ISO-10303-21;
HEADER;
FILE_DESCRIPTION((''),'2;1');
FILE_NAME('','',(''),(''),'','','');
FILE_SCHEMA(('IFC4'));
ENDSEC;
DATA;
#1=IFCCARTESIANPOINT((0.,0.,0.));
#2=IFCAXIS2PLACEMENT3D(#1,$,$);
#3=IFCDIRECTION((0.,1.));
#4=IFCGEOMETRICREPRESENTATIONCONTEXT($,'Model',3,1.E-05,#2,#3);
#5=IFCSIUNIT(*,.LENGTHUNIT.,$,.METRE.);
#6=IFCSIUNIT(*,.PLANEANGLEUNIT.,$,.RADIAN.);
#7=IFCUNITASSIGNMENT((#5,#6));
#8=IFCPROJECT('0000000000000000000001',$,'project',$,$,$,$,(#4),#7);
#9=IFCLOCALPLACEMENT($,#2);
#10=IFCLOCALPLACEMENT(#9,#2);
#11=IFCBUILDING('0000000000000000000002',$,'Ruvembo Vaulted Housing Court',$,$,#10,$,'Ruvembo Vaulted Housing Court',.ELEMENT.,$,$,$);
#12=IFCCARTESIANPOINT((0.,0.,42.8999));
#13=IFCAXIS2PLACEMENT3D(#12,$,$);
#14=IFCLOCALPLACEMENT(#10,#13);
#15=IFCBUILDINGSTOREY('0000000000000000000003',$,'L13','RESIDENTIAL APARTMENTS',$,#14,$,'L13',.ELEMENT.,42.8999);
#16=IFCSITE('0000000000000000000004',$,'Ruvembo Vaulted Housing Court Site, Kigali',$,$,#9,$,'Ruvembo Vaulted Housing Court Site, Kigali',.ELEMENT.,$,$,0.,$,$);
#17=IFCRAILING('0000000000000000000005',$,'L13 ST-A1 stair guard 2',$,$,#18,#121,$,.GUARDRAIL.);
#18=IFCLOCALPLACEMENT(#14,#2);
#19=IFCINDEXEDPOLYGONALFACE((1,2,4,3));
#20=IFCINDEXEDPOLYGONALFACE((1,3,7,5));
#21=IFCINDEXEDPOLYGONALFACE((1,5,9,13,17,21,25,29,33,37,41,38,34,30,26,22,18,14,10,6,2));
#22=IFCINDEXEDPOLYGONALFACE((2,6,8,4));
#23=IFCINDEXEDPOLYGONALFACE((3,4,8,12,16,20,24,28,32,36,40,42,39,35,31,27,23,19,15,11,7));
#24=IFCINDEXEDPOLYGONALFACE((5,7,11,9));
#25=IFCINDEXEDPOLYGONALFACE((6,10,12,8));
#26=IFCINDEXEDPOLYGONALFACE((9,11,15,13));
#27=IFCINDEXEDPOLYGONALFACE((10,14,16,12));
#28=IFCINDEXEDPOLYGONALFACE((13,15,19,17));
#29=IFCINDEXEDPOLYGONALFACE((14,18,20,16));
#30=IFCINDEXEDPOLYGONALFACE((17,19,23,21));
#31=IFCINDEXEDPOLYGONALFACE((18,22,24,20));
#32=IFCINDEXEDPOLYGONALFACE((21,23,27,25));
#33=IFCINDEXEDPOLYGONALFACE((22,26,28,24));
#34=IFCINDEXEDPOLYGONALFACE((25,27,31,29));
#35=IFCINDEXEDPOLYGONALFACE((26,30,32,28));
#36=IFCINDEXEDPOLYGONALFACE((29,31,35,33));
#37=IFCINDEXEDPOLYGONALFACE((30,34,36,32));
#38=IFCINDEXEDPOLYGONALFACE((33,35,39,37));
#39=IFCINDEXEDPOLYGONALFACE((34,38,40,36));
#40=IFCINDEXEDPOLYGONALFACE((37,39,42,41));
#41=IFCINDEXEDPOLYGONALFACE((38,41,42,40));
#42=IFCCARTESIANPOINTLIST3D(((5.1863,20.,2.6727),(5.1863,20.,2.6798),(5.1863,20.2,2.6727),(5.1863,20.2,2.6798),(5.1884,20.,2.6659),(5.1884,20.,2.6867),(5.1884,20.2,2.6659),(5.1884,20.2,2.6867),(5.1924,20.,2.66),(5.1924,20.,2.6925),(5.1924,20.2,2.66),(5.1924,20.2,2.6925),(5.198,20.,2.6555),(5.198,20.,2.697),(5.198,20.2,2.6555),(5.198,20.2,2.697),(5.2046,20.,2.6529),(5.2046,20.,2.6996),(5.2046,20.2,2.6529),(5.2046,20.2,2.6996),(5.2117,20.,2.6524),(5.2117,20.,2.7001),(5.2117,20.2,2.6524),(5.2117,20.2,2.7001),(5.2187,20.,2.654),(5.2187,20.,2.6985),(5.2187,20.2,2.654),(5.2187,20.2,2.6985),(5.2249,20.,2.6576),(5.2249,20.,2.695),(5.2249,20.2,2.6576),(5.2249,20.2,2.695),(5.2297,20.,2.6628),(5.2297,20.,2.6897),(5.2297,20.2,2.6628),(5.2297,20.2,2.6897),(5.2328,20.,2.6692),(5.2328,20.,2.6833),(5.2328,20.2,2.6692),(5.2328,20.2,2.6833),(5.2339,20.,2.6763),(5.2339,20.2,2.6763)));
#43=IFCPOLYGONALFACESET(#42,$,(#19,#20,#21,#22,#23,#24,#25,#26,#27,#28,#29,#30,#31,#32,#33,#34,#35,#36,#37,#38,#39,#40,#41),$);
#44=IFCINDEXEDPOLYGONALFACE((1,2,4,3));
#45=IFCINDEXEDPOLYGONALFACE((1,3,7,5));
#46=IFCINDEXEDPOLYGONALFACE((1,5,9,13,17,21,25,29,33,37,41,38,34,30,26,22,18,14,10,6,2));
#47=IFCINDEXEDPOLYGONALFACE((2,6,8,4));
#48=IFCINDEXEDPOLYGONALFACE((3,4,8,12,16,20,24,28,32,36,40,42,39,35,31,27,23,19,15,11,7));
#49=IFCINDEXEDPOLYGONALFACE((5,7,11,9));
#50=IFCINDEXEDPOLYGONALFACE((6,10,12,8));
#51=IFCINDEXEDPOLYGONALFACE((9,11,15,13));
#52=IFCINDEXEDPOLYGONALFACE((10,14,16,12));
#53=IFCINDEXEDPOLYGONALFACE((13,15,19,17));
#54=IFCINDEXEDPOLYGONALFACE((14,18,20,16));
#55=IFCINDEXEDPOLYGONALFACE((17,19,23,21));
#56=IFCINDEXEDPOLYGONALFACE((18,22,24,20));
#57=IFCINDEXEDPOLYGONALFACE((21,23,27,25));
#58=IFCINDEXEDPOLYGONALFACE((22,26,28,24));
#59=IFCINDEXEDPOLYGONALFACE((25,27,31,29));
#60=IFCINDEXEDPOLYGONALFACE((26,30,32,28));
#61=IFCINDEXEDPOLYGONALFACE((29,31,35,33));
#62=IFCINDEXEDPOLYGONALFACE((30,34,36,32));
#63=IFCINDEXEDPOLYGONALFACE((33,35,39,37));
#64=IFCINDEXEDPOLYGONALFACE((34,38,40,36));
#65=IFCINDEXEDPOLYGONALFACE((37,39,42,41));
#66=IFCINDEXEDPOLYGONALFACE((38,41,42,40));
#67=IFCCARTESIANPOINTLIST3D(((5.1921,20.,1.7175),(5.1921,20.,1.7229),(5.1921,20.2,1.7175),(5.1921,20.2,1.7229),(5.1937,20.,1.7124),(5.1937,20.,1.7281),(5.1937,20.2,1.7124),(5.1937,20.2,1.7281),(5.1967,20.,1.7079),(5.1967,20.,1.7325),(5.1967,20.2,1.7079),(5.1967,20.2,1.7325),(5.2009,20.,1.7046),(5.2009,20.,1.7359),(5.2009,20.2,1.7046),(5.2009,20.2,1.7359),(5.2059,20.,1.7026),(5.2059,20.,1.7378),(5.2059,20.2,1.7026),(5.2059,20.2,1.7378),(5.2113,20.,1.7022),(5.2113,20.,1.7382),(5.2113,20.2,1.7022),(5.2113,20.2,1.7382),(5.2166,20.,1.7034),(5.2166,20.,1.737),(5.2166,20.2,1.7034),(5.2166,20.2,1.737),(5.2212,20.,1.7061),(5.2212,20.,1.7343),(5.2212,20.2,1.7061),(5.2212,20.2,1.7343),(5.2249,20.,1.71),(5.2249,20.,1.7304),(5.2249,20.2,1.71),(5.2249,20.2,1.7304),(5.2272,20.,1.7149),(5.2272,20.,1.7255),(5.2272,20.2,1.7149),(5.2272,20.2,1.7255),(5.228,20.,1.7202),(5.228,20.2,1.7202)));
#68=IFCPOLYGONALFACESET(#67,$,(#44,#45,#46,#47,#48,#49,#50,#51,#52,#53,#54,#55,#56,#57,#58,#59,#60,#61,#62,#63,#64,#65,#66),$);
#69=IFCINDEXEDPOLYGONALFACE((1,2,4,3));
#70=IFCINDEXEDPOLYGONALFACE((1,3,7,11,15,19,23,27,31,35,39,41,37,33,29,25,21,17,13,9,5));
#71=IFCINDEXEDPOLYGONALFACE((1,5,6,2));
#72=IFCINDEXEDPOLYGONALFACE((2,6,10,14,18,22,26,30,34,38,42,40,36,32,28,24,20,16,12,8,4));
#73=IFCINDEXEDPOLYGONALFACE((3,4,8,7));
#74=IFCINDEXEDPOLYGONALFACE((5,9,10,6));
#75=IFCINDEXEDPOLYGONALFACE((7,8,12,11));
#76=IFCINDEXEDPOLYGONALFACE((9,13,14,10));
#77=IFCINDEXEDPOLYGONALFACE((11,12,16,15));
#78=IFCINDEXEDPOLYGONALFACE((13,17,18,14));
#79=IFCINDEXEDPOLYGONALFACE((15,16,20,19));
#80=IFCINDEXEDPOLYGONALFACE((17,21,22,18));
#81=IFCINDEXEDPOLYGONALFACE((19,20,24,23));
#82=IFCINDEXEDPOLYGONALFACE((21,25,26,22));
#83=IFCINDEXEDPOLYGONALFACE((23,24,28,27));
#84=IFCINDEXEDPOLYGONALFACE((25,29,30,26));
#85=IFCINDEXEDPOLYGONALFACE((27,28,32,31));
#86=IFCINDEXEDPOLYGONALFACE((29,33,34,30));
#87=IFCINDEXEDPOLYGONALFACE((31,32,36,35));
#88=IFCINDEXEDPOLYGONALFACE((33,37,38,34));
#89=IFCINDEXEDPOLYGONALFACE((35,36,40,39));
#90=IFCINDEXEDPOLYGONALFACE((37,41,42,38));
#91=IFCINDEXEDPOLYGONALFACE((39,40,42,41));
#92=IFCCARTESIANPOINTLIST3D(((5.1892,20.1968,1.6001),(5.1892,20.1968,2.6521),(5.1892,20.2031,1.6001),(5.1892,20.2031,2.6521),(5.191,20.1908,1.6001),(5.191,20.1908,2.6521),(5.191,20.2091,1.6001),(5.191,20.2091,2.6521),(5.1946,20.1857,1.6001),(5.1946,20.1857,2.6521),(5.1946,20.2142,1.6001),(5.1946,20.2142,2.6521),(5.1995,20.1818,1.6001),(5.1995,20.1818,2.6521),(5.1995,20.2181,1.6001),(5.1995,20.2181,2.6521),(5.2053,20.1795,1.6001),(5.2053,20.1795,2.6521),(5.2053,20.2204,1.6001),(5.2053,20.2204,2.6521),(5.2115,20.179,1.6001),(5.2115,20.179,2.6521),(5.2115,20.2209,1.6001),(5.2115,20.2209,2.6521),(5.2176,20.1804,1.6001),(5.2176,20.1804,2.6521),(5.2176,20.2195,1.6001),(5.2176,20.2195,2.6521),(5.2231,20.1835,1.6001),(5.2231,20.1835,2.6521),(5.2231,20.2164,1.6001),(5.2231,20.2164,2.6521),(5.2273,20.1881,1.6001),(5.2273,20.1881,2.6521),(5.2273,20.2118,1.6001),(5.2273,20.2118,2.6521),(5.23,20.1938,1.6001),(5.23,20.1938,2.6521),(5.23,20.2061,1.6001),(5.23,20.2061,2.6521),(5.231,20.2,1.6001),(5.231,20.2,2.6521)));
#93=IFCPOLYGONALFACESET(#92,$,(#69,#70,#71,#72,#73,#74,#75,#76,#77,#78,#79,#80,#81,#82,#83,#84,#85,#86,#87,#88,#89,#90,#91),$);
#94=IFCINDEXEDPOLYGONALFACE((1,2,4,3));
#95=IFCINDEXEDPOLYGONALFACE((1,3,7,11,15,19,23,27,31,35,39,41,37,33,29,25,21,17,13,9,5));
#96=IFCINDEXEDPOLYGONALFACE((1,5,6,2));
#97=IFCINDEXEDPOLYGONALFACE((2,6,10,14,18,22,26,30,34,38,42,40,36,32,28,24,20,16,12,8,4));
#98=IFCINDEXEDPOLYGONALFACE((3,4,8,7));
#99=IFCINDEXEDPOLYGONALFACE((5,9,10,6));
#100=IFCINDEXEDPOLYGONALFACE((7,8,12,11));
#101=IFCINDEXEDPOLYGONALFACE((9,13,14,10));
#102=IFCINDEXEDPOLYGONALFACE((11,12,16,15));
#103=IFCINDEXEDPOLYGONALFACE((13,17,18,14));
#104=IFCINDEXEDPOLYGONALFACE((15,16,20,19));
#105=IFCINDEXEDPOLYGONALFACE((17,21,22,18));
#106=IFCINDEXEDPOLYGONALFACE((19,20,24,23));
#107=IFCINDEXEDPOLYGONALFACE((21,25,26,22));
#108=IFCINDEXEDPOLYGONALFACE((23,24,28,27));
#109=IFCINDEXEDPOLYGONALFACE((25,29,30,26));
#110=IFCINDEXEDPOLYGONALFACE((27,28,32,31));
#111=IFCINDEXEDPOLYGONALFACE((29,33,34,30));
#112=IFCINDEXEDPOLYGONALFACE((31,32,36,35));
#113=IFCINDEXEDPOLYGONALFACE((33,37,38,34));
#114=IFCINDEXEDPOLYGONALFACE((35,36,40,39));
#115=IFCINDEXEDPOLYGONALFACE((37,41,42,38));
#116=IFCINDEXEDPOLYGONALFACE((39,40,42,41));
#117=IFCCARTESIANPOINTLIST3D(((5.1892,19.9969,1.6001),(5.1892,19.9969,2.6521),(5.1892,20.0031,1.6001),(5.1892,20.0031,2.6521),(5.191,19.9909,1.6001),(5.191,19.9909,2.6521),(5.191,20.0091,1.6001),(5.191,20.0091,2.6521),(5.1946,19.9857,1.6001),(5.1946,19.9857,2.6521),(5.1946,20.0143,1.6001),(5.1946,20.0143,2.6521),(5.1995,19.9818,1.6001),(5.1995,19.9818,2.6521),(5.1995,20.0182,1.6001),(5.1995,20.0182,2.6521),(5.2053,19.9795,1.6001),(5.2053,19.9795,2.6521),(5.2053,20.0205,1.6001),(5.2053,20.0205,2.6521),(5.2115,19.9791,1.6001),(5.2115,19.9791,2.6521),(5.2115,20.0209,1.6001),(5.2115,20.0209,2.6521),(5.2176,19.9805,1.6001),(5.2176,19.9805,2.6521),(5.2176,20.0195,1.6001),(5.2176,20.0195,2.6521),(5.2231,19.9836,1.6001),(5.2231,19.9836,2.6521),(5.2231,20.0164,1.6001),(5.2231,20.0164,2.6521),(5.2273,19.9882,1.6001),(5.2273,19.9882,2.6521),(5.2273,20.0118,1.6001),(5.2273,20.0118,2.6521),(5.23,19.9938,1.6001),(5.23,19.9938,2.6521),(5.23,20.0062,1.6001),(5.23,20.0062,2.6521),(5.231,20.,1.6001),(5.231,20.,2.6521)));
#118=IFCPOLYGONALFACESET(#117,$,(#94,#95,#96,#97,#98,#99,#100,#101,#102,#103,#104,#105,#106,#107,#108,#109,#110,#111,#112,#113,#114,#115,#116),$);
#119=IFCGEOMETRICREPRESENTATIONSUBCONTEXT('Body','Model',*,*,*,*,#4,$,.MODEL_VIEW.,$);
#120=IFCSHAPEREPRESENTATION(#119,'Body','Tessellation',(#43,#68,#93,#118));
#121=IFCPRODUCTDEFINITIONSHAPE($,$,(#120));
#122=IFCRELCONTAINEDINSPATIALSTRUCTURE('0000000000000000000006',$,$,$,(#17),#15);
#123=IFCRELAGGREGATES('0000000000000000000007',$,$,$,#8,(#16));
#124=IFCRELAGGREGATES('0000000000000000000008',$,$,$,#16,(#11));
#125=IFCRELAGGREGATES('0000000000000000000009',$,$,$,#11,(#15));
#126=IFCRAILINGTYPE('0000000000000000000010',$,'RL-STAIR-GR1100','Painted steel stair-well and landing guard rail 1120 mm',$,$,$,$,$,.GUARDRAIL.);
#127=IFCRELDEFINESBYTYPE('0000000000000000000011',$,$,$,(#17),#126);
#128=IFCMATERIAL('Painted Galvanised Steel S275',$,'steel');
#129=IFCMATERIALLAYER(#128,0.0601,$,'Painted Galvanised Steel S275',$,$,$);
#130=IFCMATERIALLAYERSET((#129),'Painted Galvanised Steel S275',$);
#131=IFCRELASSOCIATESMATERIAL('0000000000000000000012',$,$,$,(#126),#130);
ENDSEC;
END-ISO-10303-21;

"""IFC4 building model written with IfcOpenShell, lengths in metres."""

from ifc_helpers import new_model, si_unit, direction, frame, origin, origin_2d, place, context, subcontext, project, spatial, circle, extrude, material, layer, layer_set, type_object, element, save


model = new_model("IFC4")

# Units and contexts
model_context = context("Model", 3, precision=1e-05, world=origin(), true_north=direction((0.0, 1.0)))
body_context = subcontext(model_context, "Body", "Model", "MODEL_VIEW")
ifc_project = project(units=[si_unit("LENGTHUNIT", "METRE"), si_unit("PLANEANGLEUNIT", "RADIAN")], contexts=[model_context])

# Site, building, storey
site_placement = place(None, origin())
site = spatial("IfcSite", under=ifc_project, at=site_placement, Name="Ruvembo Vaulted Housing Court Site, Kigali", LongName="Ruvembo Vaulted Housing Court Site, Kigali", CompositionType="ELEMENT", RefElevation=0.0)
building_placement = place(site_placement, origin())
building = spatial("IfcBuilding", under=site, at=building_placement, Name="Ruvembo Vaulted Housing Court", LongName="Ruvembo Vaulted Housing Court", CompositionType="ELEMENT")
storey_placement = place(building_placement, frame((0.0, 0.0, 42.8999)))
storey = spatial("IfcBuildingStorey", under=building, at=storey_placement, Name="L13", Description="RESIDENTIAL APARTMENTS", LongName="L13", CompositionType="ELEMENT", Elevation=42.8999)

# Railing
ifc_material_1 = material(Name="Painted Galvanised Steel S275", Category="steel")
ifc_layer_1 = layer(ifc_material_1, 0.0601, Name="Painted Galvanised Steel S275")
ifc_layer_set_1 = layer_set([ifc_layer_1], Name="Painted Galvanised Steel S275")
railing_type_1 = type_object("IfcRailingType", Name="RL-STAIR-GR1100", Description="Painted steel stair-well and landing guard rail 1120 mm", PredefinedType="GUARDRAIL", material=ifc_layer_set_1)
railing_1_placement = place(storey_placement, frame((5.21, 20.2, 1.6001)))
element("IfcRailing", 1, at=railing_1_placement, inside=storey, type_object=railing_type_1, Name="L13 ST-A1 stair guard 2", PredefinedType="GUARDRAIL", context=body_context, shape_type="SweptSolid", body=[
    extrude(circle(Radius=0.0239, at=origin_2d()), frame((0.0, 0.0, 1.0762), z_axis=(0.0, -1.0, 0.0), x_axis=(1.0, 0.0, 0.0)), (0.0, 0.0, 1.0), 0.2),
    extrude(circle(Radius=0.0181, at=origin_2d()), frame((0.0, 0.0, 0.1201), z_axis=(0.0, -1.0, 0.0), x_axis=(1.0, 0.0, 0.0)), (0.0, 0.0, 1.0), 0.2),
    extrude(circle(Radius=0.021, at=origin_2d()), origin(), (0.0, 0.0, 1.0), 1.052),
    extrude(circle(Radius=0.021, at=origin_2d()), frame((0.0, -0.2, 0.0)), (0.0, 0.0, 1.0), 1.052),
])

save(model, "model.ifc")
